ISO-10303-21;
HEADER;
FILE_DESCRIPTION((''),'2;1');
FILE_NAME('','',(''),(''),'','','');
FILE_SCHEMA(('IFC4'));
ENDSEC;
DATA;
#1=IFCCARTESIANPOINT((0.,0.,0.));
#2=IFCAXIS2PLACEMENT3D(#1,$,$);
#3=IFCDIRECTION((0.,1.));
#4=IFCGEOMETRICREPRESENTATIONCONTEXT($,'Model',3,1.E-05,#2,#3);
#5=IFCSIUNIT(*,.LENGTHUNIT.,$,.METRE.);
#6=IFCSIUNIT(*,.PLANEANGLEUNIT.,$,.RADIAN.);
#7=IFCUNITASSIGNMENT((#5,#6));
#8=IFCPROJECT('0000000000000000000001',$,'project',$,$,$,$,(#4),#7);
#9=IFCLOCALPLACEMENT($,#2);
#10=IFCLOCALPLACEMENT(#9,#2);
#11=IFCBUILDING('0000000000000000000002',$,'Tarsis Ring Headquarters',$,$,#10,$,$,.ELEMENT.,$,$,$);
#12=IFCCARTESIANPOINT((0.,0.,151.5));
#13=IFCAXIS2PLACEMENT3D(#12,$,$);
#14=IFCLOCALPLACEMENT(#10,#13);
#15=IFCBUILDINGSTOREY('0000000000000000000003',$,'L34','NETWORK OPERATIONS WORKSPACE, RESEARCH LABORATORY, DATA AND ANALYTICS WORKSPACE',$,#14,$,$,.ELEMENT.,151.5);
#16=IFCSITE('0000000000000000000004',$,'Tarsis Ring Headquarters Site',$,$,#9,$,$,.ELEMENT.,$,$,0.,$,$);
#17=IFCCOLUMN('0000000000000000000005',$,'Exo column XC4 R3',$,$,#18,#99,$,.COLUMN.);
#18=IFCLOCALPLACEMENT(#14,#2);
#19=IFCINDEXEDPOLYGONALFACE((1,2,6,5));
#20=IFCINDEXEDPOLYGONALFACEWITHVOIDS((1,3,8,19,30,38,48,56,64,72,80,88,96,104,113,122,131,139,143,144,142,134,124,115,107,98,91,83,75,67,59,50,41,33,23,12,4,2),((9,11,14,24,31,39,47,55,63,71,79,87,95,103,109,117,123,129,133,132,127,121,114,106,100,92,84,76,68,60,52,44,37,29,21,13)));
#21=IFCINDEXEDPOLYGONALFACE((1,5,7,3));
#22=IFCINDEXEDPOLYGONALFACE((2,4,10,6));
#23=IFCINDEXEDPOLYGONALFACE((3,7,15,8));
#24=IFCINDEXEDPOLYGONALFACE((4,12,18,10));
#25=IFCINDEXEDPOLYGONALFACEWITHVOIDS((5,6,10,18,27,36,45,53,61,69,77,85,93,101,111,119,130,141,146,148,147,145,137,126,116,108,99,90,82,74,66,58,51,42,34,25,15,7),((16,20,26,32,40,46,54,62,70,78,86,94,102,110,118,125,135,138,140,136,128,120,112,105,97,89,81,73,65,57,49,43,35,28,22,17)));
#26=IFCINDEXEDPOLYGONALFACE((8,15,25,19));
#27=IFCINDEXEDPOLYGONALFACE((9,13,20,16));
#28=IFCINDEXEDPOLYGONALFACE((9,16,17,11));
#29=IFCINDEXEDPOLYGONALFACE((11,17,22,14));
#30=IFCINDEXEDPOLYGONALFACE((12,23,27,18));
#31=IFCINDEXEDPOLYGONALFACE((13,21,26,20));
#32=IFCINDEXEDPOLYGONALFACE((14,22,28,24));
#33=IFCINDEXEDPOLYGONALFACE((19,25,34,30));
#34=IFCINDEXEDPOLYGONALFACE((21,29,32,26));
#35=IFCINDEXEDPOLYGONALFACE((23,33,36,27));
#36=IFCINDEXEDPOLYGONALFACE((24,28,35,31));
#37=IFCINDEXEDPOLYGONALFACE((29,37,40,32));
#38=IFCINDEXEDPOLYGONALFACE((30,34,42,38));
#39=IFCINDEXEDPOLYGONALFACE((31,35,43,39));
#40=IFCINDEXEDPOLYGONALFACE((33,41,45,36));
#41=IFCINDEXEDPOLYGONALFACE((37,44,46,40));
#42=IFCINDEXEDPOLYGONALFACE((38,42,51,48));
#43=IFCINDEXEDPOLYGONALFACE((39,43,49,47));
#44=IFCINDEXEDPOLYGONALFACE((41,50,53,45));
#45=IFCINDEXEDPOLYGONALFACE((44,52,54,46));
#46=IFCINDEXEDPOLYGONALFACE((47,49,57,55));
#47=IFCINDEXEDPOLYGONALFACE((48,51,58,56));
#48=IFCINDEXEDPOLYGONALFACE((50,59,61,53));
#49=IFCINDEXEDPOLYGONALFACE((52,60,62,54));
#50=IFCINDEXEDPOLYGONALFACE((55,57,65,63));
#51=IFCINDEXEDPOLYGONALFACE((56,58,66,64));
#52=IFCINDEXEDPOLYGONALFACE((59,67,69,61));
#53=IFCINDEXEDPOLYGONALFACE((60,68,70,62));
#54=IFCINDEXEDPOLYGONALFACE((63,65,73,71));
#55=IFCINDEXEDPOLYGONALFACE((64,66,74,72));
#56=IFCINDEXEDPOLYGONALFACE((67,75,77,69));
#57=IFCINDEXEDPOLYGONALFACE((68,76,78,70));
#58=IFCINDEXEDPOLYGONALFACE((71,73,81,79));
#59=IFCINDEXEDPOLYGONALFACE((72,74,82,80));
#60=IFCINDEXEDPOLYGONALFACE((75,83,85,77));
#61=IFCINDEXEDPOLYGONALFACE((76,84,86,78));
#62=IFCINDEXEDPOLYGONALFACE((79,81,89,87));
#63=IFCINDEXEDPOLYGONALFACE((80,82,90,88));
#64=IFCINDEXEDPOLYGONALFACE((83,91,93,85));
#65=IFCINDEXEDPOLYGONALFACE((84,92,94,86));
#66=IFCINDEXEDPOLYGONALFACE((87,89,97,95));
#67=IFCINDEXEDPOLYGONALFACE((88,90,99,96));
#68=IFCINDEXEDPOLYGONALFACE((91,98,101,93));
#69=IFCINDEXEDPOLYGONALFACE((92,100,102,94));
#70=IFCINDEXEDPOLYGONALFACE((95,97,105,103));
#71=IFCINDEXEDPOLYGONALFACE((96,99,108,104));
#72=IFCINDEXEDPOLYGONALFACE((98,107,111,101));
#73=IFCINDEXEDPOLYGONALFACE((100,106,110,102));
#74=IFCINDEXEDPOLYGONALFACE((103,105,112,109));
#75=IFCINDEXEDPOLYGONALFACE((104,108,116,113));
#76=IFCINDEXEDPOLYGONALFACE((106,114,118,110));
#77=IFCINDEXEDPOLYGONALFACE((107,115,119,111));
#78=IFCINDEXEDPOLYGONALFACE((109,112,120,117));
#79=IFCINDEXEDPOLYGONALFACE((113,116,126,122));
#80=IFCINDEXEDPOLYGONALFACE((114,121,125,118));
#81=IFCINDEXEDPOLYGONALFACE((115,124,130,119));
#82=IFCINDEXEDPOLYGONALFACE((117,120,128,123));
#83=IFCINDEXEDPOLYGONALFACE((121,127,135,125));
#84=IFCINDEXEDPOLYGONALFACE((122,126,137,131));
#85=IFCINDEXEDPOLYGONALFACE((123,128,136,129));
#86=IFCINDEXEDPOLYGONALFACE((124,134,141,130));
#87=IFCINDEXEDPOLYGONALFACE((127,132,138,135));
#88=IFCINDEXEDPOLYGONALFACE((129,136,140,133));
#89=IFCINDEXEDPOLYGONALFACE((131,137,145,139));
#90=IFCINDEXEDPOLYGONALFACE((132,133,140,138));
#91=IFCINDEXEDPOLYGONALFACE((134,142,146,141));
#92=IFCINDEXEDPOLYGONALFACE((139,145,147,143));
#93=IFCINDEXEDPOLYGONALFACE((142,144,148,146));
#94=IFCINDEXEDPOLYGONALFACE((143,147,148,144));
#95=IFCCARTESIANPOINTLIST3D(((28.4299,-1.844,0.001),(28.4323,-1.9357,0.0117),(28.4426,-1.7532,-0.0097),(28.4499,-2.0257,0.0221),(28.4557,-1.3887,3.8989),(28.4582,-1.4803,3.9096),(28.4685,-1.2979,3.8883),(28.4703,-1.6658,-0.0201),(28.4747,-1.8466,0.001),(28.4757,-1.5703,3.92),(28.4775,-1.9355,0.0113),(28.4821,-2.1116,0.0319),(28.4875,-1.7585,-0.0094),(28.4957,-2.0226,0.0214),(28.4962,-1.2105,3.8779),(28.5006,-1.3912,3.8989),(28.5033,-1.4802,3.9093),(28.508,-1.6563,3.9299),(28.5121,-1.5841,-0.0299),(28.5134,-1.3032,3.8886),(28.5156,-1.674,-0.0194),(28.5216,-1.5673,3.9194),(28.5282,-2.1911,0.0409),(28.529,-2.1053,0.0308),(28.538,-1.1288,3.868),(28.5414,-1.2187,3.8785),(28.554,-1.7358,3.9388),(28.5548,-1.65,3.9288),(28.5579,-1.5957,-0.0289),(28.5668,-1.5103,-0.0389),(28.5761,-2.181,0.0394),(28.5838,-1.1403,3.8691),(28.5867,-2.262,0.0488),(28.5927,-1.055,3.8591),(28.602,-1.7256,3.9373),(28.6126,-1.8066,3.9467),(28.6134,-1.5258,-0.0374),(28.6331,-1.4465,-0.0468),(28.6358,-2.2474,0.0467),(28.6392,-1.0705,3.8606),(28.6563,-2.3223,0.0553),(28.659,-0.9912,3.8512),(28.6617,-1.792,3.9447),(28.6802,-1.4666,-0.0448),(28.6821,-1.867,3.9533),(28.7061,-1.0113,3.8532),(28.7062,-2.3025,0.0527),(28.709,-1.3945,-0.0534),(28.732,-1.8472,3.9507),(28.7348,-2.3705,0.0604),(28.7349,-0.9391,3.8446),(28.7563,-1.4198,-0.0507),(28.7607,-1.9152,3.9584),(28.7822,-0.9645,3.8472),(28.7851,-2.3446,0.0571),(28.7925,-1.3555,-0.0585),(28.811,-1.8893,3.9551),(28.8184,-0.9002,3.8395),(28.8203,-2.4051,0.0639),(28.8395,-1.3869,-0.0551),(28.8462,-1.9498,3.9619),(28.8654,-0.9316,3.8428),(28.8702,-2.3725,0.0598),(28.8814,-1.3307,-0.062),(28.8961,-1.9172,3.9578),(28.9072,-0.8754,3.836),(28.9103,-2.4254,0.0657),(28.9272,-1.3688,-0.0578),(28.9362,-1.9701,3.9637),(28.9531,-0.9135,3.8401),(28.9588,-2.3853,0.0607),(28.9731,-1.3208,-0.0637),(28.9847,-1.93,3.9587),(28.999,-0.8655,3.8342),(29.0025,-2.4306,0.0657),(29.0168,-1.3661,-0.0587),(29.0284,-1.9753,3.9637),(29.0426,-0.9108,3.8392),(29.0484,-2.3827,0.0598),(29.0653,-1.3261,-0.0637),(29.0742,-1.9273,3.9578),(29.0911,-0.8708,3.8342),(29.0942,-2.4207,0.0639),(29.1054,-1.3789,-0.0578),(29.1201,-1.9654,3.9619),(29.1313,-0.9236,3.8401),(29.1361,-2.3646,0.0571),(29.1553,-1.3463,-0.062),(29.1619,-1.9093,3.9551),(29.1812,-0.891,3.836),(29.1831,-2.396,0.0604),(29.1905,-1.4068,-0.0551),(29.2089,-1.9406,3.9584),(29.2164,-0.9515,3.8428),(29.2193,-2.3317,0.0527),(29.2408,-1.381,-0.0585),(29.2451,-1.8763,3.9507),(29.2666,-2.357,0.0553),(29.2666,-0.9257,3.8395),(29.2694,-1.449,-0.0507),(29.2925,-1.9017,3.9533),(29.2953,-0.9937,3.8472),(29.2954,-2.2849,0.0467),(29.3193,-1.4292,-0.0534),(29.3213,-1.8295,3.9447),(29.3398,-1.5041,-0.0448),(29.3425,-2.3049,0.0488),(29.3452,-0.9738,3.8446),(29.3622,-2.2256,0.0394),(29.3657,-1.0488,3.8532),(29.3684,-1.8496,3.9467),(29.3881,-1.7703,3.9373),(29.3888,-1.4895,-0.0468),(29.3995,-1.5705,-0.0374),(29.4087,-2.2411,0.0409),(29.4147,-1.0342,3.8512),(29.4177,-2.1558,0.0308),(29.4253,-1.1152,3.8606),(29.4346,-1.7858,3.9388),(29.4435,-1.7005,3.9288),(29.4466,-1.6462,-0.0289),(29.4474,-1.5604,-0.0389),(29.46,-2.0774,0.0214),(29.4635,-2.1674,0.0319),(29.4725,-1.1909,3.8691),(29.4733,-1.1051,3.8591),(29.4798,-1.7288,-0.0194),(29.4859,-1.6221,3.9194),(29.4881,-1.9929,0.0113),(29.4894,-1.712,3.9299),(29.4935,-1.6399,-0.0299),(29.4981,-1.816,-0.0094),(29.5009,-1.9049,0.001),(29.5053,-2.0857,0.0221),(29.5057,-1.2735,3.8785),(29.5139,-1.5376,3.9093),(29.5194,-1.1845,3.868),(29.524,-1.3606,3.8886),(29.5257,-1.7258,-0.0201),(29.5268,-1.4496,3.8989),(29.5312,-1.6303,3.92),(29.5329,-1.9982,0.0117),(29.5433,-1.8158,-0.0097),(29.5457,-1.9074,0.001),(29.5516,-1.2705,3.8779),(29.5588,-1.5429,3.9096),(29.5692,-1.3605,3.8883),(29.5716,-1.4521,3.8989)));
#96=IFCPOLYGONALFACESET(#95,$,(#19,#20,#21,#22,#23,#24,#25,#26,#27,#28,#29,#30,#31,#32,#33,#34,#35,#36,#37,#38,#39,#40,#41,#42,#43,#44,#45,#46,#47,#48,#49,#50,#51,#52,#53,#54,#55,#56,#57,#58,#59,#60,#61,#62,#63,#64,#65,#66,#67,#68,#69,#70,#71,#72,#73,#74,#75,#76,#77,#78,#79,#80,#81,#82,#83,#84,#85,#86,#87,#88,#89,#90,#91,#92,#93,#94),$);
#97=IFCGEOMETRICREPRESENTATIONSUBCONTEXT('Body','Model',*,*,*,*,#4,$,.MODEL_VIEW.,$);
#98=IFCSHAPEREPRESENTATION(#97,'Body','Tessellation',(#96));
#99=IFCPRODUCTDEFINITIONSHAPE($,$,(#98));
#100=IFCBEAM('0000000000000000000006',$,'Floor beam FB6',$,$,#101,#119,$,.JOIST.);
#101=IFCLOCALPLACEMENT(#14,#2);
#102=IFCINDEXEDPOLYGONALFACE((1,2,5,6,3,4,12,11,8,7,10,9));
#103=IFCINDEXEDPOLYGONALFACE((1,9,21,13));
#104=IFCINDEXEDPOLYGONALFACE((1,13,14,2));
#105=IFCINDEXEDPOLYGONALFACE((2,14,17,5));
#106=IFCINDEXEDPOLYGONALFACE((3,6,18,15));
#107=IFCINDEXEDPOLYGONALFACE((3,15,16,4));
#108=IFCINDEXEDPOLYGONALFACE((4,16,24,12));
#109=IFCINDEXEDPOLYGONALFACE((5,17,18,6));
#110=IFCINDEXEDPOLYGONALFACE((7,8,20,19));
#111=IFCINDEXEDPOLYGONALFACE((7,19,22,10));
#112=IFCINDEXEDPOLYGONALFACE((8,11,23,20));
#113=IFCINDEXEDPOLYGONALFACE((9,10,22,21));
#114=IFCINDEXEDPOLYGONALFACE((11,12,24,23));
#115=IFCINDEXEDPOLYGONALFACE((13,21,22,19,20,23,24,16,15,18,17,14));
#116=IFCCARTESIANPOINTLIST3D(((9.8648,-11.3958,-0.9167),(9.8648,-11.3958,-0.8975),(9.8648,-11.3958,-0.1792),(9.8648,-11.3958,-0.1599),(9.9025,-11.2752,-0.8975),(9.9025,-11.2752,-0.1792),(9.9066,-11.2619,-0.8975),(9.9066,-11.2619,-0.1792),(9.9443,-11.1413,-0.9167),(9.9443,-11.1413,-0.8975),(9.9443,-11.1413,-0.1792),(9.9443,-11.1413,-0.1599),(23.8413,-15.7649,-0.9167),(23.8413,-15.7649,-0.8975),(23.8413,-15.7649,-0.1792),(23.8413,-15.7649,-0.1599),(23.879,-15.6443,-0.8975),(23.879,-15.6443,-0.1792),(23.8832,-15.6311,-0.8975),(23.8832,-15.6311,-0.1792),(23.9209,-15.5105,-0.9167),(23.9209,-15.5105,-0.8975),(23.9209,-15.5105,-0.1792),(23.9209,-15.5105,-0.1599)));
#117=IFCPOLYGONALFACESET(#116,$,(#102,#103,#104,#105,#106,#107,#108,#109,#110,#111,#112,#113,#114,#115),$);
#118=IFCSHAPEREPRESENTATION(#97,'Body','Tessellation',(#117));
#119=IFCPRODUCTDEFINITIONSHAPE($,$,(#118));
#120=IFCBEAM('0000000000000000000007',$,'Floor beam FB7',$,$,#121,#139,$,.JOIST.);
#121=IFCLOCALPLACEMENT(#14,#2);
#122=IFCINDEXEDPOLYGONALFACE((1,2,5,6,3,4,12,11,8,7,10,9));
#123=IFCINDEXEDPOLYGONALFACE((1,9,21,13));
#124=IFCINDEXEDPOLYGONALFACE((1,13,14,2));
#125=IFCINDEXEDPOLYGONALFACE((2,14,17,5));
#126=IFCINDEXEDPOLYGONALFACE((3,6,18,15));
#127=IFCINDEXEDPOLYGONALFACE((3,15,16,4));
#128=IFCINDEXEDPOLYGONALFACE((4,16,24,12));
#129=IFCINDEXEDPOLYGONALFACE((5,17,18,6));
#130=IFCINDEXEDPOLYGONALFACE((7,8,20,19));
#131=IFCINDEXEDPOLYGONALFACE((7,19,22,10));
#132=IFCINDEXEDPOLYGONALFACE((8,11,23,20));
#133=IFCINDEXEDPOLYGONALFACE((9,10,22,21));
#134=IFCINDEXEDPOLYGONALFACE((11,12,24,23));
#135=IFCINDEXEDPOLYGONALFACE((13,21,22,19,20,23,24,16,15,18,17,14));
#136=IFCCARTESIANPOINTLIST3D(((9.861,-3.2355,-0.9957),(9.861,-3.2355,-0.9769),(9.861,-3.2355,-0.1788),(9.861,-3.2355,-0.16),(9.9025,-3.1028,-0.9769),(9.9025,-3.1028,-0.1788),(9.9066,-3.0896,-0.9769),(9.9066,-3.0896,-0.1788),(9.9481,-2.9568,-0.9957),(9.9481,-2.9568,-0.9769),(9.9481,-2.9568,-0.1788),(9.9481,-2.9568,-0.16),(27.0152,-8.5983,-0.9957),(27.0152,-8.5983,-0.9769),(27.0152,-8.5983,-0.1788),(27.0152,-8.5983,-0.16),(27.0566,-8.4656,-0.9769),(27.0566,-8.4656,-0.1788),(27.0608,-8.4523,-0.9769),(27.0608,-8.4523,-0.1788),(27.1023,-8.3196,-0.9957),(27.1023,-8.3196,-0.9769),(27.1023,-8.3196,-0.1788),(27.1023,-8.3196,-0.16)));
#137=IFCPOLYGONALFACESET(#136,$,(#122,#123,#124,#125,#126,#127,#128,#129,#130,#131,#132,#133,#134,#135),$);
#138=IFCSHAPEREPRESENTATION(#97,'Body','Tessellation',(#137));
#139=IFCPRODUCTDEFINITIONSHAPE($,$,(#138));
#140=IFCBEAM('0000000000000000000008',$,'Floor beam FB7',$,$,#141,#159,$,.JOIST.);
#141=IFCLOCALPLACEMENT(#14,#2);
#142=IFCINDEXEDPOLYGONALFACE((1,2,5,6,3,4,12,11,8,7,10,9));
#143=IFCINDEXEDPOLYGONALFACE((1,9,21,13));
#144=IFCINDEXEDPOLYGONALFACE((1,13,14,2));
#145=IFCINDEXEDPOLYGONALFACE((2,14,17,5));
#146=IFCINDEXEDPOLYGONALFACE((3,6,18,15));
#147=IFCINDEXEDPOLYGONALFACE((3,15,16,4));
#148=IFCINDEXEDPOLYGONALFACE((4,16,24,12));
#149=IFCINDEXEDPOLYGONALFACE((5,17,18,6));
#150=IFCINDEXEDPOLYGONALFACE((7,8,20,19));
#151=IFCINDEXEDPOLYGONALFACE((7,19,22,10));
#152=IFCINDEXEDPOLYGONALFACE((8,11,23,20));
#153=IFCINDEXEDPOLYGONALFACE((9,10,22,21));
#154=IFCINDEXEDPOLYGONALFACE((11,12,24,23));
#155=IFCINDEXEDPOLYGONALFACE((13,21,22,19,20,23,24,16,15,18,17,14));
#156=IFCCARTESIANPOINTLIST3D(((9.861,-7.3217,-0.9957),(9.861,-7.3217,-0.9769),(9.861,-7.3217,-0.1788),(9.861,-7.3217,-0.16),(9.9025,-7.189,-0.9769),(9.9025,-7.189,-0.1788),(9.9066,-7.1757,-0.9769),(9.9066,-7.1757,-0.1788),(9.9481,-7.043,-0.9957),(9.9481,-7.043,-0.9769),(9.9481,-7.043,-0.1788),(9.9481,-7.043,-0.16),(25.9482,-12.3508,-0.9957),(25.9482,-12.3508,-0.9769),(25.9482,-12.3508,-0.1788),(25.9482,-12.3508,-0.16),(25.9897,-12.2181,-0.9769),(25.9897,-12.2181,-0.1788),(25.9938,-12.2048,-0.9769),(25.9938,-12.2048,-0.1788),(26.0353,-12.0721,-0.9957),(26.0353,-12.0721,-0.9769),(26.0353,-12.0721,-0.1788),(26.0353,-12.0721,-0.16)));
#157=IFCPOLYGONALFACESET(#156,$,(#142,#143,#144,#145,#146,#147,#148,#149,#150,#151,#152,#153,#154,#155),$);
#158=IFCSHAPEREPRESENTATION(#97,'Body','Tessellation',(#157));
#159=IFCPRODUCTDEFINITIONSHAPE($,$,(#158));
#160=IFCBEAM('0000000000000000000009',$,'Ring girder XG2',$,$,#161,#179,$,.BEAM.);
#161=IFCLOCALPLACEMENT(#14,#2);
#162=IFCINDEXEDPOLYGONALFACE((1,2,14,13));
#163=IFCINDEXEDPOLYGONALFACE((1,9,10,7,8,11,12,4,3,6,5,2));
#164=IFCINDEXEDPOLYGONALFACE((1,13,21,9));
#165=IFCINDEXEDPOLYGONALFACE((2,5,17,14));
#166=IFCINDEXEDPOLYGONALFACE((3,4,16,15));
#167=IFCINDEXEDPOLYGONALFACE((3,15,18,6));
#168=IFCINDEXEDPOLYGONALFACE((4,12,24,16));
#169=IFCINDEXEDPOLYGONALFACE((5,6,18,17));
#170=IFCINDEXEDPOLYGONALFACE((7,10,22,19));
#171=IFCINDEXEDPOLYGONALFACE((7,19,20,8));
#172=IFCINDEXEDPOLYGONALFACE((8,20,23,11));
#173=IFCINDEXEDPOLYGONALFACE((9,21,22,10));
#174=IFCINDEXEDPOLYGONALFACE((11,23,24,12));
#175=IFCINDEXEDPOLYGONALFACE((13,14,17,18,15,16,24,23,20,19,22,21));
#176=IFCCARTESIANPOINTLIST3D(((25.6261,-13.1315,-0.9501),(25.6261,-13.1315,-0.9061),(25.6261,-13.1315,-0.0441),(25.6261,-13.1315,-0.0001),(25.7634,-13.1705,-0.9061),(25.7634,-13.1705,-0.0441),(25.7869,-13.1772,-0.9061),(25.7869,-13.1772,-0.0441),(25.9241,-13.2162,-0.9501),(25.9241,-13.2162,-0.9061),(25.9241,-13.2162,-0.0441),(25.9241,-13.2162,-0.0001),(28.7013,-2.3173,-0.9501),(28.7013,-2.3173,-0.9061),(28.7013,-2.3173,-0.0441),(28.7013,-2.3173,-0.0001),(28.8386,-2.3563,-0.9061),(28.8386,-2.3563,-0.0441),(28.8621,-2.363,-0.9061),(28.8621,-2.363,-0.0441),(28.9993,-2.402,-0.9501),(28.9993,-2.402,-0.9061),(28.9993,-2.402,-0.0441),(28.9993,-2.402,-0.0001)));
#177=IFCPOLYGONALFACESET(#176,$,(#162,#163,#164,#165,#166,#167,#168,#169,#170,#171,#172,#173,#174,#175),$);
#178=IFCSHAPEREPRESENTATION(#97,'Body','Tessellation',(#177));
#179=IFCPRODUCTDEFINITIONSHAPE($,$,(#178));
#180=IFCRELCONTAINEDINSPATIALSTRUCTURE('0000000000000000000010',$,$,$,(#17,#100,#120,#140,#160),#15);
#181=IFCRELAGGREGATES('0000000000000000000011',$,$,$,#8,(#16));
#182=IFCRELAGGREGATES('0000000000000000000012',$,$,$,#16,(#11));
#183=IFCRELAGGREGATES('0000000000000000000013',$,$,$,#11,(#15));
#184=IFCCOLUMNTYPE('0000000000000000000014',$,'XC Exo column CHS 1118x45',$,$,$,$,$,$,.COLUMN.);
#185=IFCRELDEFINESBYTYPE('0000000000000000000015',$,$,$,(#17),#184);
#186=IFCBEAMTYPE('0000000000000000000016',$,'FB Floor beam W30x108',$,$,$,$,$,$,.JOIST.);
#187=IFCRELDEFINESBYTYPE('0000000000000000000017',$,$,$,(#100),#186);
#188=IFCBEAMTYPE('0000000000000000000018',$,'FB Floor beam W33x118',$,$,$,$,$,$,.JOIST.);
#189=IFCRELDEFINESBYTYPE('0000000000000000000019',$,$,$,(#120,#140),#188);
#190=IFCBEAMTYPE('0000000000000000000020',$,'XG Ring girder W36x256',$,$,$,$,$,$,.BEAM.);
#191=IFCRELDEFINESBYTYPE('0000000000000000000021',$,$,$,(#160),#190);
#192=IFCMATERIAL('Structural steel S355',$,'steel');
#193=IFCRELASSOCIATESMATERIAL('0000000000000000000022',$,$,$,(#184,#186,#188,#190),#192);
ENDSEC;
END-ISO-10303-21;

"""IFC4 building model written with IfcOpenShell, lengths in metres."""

from ifc_helpers import new_model, si_unit, direction, frame, origin, origin_2d, place, context, subcontext, project, spatial, hollow_circle, i_section, extrude, material, material_profile, profile_set, type_object, element, save


model = new_model("IFC4")

# Units and contexts
model_context = context("Model", 3, precision=1e-05, world=origin(), true_north=direction((0.0, 1.0)))
body_context = subcontext(model_context, "Body", "Model", "MODEL_VIEW")
ifc_project = project(units=[si_unit("LENGTHUNIT", "METRE"), si_unit("PLANEANGLEUNIT", "RADIAN")], contexts=[model_context])

# Site, building, storey
site_placement = place(None, origin())
site = spatial("IfcSite", under=ifc_project, at=site_placement, Name="Tarsis Ring Headquarters Site", CompositionType="ELEMENT", RefElevation=0.0)
building_placement = place(site_placement, origin())
building = spatial("IfcBuilding", under=site, at=building_placement, Name="Tarsis Ring Headquarters", CompositionType="ELEMENT")
storey_placement = place(building_placement, frame((0.0, 0.0, 151.5)))
storey = spatial("IfcBuildingStorey", under=building, at=storey_placement, Name="L34", Description="NETWORK OPERATIONS WORKSPACE, RESEARCH LABORATORY, DATA AND ANALYTICS WORKSPACE", CompositionType="ELEMENT", Elevation=151.5)

# Column
ifc_material_1 = material(Name="Structural steel S355", Category="steel")
ifc_material_profile_1 = material_profile(ifc_material_1, hollow_circle(Radius=0.5588, WallThickness=0.0449, at=origin_2d()), Name="CHS 1118x45")
ifc_profile_set_1 = profile_set([ifc_material_profile_1], Name="Structural steel S355")
column_type = type_object("IfcColumnType", Name="XC Exo column CHS 1118x45", PredefinedType="COLUMN", material=ifc_profile_set_1)
column_placement = place(storey_placement, frame((28.9878, -1.8757, 0.001), z_axis=(0.006594, 0.116019, 0.993225), x_axis=(-0.998389, 0.056745, 0.0)))
element("IfcColumn", 1, at=column_placement, inside=storey, type_object=column_type, Name="Exo column XC4 R3", PredefinedType="COLUMN", context=body_context, shape_type="SweptSolid", body=[
    extrude(hollow_circle(Radius=0.5588, WallThickness=0.0449, at=origin_2d()), origin(), (0.0, 0.0, 1.0), 3.9246),
])

# Beams
ifc_material_profile_2 = material_profile(ifc_material_1, i_section(OverallWidth=0.2666, OverallDepth=0.7568, WebThickness=0.0139, FlangeThickness=0.0193, at=origin_2d()), Name="W30x108")
ifc_profile_set_2 = profile_set([ifc_material_profile_2], Name="Structural steel S355")
beam_type_1 = type_object("IfcBeamType", Name="FB Floor beam W30x108", PredefinedType="JOIST", material=ifc_profile_set_2)
beam_1_placement = place(storey_placement, frame((9.9045, -11.2686, -0.5383), z_axis=(0.954451, -0.298366, 0.0), x_axis=(0.298366, 0.954451, 0.0)))
element("IfcBeam", 2, at=beam_1_placement, inside=storey, type_object=beam_type_1, Name="Floor beam FB6", PredefinedType="JOIST", context=body_context, shape_type="SweptSolid", body=[
    extrude(i_section(OverallWidth=0.2666, OverallDepth=0.7568, WebThickness=0.0139, FlangeThickness=0.0193, at=origin_2d()), origin(), (0.0, 0.0, 1.0), 14.6436),
])
ifc_material_profile_3 = material_profile(ifc_material_1, i_section(OverallWidth=0.292, OverallDepth=0.8357, WebThickness=0.0139, FlangeThickness=0.0188, at=origin_2d()), Name="W33x118")
ifc_profile_set_3 = profile_set([ifc_material_profile_3], Name="Structural steel S355")
beam_type_2 = type_object("IfcBeamType", Name="FB Floor beam W33x118", PredefinedType="JOIST", material=ifc_profile_set_3)
beam_2_placement = place(storey_placement, frame((9.9045, -3.0962, -0.5779), z_axis=(0.954447, -0.29838, 0.0), x_axis=(0.29838, 0.954447, 0.0)))
element("IfcBeam", 3, at=beam_2_placement, inside=storey, type_object=beam_type_2, Name="Floor beam FB7", PredefinedType="JOIST", context=body_context, shape_type="SweptSolid", body=[
    extrude(i_section(OverallWidth=0.292, OverallDepth=0.8357, WebThickness=0.0139, FlangeThickness=0.0188, at=origin_2d()), origin(), (0.0, 0.0, 1.0), 17.9729),
])
beam_3_placement = place(storey_placement, frame((9.9045, -7.1824, -0.5779), z_axis=(0.954449, -0.298373, 0.0), x_axis=(0.298373, 0.954449, 0.0)))
element("IfcBeam", 4, at=beam_3_placement, inside=storey, type_object=beam_type_2, Name="Floor beam FB7", PredefinedType="JOIST", context=body_context, shape_type="SweptSolid", body=[
    extrude(i_section(OverallWidth=0.292, OverallDepth=0.8357, WebThickness=0.0139, FlangeThickness=0.0188, at=origin_2d()), origin(), (0.0, 0.0, 1.0), 16.855),
])
ifc_material_profile_4 = material_profile(ifc_material_1, i_section(OverallWidth=0.3098, OverallDepth=0.95, WebThickness=0.0244, FlangeThickness=0.0439, at=origin_2d()), Name="W36x256")
ifc_profile_set_4 = profile_set([ifc_material_profile_4], Name="Structural steel S355")
beam_type_3 = type_object("IfcBeamType", Name="XG Ring girder W36x256", PredefinedType="BEAM", material=ifc_profile_set_4)
for number, where, z_axis, x_axis, name in (
    (5, (25.7751, -13.1738, -0.4751), (0.273522, 0.961866, 0.0), (-0.961866, 0.273522, 0.0), "Ring girder XG2"),
):
    element("IfcBeam", number, at=place(storey_placement, frame(where, z_axis=z_axis, x_axis=x_axis)), inside=storey, type_object=beam_type_3, Name=name, PredefinedType="BEAM", context=body_context, shape_type="SweptSolid", body=[
        extrude(i_section(OverallWidth=0.3098, OverallDepth=0.95, WebThickness=0.0244, FlangeThickness=0.0439, at=origin_2d()), origin(), (0.0, 0.0, 1.0), 11.2429),
    ])

save(model, "model.ifc")
